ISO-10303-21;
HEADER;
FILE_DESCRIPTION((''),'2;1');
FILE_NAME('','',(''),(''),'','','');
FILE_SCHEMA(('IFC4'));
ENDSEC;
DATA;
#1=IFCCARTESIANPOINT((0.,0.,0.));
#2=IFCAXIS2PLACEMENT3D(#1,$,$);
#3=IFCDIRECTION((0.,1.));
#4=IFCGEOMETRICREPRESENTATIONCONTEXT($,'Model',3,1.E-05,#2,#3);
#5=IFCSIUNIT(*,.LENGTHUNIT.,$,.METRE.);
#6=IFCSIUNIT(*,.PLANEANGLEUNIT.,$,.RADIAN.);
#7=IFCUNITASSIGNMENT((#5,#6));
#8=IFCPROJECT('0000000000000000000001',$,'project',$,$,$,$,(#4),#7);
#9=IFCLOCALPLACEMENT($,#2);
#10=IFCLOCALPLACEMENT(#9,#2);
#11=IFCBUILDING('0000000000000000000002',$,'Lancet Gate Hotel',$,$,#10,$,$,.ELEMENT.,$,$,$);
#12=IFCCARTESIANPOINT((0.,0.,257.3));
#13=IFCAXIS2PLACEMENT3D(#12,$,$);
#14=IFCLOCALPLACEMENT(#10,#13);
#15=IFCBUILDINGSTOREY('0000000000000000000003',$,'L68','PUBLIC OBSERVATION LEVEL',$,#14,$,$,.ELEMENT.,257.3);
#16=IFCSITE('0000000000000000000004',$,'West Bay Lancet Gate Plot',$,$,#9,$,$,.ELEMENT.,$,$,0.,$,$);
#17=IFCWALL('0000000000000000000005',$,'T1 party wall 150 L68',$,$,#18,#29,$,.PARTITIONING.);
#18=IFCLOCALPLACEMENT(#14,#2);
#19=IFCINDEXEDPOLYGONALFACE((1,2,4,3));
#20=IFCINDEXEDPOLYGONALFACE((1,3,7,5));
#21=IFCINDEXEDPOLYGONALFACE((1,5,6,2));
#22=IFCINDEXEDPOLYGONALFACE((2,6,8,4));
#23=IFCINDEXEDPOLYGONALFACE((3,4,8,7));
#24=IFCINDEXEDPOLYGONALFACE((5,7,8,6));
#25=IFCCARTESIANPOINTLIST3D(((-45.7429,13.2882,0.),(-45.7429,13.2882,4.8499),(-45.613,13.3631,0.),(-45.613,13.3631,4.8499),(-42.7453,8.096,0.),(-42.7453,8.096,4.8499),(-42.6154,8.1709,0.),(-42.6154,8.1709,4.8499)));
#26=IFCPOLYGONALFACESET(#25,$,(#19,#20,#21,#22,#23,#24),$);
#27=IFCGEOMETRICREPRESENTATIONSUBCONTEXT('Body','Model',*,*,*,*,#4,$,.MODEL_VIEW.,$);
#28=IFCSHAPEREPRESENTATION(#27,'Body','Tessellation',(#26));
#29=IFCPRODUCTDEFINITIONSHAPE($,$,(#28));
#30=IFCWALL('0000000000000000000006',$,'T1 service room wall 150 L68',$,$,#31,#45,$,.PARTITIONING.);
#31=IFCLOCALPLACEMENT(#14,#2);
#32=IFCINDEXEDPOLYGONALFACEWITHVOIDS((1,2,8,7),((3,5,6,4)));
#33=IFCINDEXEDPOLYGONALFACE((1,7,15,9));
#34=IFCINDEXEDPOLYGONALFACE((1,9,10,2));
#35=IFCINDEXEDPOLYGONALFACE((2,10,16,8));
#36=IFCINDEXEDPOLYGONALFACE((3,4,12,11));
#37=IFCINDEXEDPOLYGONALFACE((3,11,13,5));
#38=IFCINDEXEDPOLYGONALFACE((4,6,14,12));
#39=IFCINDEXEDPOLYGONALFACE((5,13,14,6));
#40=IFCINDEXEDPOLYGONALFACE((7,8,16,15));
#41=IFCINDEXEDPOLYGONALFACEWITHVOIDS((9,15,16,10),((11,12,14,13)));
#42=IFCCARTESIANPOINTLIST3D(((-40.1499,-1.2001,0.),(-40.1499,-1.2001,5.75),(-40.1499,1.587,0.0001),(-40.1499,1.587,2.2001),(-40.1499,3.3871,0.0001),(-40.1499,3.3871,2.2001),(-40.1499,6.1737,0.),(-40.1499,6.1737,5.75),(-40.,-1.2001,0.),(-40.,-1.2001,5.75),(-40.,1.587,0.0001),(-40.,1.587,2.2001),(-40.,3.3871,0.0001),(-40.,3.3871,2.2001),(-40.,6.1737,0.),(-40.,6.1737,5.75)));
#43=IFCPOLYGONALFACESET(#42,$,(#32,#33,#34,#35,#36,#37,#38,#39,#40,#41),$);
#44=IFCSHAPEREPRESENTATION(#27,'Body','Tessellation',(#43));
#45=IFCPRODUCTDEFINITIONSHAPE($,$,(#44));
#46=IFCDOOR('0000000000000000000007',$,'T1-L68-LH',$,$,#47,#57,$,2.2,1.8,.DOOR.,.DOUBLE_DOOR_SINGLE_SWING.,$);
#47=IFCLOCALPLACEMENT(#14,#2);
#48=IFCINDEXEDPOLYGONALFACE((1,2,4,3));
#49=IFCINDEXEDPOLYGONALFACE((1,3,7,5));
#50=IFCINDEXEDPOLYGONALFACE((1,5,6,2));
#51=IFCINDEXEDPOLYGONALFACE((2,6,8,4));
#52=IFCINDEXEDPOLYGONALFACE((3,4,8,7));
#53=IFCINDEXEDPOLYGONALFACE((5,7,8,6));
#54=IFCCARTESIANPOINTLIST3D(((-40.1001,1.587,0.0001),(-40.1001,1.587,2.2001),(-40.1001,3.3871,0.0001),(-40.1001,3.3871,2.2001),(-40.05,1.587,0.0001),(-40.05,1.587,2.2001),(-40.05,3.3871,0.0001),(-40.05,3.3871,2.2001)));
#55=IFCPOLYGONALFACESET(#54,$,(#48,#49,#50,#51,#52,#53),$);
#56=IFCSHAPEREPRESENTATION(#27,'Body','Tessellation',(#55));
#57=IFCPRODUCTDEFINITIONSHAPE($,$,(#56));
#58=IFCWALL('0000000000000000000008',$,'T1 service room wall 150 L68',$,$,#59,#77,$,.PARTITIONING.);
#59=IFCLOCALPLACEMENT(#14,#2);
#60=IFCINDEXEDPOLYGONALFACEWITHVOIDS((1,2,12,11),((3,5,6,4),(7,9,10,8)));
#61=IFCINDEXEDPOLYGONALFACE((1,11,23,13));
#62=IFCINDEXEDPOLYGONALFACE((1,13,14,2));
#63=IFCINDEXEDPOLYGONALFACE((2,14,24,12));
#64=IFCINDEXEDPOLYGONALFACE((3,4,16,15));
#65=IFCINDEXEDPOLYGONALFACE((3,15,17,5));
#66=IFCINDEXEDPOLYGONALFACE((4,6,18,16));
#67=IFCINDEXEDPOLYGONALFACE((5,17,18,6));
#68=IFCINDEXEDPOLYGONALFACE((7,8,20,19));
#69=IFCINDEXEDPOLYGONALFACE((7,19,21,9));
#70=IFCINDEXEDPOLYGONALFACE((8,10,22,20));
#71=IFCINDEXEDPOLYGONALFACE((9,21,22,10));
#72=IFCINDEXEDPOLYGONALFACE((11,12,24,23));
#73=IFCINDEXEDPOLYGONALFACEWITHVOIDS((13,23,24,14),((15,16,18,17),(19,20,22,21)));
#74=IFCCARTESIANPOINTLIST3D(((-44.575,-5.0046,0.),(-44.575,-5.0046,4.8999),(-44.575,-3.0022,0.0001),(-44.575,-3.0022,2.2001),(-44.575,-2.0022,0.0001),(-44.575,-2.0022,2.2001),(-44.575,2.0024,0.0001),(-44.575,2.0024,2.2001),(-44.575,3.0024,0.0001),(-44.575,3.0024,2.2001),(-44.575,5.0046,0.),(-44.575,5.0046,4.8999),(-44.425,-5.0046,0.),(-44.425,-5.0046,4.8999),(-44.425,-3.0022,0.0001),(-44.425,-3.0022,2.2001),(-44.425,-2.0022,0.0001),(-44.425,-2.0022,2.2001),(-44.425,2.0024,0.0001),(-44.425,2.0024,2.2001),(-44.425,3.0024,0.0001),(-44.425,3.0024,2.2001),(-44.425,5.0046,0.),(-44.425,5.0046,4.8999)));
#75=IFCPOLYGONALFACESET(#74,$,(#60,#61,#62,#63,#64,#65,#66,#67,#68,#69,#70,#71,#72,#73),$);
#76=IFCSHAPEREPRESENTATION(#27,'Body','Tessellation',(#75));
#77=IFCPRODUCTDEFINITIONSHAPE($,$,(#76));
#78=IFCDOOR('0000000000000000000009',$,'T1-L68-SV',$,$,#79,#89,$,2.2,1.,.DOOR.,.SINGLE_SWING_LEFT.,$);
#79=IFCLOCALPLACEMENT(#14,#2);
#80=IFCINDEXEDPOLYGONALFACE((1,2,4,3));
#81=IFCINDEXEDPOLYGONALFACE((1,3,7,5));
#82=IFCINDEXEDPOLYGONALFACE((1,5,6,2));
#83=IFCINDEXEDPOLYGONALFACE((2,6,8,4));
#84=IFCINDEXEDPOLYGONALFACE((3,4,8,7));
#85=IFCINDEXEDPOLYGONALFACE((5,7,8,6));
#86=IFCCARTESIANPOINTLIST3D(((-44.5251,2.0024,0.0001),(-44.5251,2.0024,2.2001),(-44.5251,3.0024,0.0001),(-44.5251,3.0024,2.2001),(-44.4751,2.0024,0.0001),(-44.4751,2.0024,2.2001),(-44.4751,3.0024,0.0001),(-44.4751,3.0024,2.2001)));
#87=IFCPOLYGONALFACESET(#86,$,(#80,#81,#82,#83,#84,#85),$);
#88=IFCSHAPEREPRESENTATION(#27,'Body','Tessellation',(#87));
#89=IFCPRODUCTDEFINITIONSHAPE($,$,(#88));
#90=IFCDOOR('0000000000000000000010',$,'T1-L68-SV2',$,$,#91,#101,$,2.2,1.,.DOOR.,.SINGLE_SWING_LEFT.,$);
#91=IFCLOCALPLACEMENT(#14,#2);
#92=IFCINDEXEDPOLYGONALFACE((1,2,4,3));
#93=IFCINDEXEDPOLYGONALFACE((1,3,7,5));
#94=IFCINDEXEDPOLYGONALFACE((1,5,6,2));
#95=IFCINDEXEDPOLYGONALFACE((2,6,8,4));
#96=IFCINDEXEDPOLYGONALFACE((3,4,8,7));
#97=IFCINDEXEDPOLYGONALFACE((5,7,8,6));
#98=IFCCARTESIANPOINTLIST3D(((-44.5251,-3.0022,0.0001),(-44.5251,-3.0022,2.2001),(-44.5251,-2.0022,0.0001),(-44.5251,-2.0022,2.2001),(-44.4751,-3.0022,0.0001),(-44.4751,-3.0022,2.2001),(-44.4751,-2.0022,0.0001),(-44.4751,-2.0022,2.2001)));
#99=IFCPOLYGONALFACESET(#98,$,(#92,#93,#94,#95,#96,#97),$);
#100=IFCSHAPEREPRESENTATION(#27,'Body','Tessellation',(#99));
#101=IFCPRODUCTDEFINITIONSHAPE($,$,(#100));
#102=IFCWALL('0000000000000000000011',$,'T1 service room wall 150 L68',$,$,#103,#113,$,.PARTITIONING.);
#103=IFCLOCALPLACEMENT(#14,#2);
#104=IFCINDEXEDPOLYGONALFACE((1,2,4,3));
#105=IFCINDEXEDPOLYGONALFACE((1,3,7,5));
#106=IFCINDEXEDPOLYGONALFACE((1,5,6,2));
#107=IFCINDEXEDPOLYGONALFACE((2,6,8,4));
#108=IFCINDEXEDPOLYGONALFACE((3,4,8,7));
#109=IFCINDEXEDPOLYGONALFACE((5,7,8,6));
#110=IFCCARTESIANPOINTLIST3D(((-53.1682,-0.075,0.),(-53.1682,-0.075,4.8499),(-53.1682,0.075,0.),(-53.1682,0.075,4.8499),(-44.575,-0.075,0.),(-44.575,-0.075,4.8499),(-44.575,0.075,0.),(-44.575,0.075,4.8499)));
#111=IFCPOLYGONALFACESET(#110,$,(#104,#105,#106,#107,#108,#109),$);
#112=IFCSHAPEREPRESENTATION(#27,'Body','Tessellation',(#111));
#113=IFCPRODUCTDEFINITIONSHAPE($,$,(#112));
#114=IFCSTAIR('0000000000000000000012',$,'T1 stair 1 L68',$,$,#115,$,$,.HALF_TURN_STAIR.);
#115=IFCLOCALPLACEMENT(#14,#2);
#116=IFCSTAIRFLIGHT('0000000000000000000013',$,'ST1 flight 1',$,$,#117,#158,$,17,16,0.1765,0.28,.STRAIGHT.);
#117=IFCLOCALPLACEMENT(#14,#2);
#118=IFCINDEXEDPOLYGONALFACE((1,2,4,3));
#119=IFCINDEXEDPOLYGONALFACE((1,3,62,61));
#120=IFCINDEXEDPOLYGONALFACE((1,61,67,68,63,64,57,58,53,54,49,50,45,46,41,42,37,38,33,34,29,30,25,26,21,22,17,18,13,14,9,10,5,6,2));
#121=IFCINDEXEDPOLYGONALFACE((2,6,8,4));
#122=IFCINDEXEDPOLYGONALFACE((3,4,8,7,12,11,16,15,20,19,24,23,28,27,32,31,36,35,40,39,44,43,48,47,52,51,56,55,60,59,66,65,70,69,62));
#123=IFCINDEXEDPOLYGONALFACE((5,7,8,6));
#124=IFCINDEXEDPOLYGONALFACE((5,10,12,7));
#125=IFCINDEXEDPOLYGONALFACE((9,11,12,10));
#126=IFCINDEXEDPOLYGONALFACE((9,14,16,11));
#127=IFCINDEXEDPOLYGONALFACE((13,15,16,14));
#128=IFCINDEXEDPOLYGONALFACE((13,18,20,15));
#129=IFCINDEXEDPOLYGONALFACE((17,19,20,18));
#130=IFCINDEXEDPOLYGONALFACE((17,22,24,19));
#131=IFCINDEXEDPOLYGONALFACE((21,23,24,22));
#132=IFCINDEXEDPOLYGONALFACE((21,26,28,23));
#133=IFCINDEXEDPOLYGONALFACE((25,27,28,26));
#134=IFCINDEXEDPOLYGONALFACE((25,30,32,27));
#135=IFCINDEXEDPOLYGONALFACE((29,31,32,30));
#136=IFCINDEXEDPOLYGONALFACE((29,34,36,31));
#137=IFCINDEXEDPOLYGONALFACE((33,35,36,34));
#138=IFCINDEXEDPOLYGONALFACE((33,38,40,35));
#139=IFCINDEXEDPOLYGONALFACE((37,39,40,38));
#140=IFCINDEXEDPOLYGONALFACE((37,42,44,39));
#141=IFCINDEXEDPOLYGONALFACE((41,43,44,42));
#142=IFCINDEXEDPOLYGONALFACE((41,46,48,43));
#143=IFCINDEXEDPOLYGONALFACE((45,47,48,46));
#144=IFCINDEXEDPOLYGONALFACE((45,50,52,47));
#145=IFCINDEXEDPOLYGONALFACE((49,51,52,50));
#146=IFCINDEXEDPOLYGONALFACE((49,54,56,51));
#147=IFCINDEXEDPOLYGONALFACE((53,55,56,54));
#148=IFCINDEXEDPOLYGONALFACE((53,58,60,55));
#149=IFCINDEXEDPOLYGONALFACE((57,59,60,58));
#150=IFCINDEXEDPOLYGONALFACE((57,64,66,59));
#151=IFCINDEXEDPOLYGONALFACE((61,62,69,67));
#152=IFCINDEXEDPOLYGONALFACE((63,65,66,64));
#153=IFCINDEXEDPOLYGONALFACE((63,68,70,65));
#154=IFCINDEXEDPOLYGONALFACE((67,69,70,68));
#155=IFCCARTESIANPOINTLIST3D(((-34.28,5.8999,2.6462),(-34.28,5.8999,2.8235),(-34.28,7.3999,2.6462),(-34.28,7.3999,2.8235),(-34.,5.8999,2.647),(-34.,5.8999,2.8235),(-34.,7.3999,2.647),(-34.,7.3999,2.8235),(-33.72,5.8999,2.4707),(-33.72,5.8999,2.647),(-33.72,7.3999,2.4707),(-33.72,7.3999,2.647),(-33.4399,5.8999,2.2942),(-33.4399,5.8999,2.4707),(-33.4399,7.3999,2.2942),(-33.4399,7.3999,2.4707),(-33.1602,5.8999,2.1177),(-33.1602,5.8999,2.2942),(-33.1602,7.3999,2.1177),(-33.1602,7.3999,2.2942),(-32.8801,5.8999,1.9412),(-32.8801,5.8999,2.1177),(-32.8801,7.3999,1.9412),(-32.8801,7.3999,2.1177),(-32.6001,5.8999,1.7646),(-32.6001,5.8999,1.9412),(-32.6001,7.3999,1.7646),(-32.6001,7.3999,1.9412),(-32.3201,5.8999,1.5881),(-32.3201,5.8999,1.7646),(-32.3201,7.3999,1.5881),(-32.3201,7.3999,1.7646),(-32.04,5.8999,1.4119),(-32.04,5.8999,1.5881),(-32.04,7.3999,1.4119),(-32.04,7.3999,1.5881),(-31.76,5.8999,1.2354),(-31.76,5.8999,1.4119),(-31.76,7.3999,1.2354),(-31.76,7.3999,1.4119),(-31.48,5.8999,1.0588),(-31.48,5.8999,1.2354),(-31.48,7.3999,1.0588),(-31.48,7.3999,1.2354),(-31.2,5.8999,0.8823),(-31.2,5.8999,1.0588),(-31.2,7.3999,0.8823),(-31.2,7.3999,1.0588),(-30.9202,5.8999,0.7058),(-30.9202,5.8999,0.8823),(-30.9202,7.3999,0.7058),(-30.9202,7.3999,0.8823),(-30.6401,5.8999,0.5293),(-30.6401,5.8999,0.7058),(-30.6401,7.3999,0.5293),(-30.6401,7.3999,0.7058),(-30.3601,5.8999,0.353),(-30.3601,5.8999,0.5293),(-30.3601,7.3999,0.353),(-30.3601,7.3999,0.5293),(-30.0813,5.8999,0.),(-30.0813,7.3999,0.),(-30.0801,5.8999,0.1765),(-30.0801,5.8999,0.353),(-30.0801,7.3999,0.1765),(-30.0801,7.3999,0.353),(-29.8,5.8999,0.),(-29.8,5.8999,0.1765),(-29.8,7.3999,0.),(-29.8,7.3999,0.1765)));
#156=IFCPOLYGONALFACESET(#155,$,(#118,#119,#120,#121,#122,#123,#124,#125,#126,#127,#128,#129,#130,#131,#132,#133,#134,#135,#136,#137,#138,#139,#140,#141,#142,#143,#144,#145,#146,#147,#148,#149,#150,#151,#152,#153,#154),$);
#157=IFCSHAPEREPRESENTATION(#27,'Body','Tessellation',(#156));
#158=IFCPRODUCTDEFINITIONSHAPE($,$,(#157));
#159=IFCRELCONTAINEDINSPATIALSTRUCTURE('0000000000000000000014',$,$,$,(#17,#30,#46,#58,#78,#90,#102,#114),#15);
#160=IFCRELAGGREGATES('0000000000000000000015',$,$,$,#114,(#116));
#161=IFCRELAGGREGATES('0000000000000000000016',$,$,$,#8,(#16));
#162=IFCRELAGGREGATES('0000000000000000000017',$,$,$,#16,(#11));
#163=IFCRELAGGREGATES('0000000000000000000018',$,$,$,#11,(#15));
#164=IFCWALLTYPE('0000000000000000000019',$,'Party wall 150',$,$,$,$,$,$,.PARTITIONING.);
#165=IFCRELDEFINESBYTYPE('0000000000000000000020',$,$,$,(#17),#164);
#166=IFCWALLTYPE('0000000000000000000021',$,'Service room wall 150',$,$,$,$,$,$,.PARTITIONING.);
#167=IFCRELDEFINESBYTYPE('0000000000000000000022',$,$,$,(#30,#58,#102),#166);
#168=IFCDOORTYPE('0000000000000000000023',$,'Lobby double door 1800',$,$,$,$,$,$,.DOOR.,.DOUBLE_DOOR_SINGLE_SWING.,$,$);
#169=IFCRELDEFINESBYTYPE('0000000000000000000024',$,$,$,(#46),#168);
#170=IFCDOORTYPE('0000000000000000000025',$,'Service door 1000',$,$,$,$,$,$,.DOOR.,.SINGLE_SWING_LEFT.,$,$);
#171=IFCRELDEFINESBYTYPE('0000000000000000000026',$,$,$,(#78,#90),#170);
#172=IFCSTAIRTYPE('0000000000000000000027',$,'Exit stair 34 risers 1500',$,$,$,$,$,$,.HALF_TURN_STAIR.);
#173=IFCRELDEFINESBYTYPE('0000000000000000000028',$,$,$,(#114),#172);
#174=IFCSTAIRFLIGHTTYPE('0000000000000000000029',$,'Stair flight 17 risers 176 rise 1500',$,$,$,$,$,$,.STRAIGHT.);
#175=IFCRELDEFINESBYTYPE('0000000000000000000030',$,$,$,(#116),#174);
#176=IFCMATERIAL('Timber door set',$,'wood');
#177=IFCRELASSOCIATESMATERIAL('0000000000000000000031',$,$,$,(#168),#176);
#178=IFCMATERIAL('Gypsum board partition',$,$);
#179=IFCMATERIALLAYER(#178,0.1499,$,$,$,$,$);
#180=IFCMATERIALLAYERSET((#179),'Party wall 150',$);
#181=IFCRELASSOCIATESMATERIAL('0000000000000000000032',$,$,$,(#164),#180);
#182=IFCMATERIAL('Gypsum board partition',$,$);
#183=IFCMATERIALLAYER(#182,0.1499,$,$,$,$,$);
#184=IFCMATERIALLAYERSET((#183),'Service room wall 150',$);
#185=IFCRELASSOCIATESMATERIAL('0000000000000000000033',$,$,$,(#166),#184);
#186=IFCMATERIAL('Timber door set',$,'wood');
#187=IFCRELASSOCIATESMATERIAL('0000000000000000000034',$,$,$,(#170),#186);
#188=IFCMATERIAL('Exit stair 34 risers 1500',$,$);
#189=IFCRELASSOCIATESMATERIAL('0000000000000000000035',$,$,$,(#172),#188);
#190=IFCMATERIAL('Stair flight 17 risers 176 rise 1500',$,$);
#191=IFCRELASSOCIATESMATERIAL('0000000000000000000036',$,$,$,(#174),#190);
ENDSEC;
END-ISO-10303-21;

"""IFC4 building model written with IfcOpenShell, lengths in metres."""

from ifc_helpers import new_model, si_unit, direction, frame, frame_2d, origin, place, context, subcontext, project, spatial, polyline, rectangle, outline, extrude, material, layer, layer_set, type_object, element, fill, aggregate, save


model = new_model("IFC4")

# Units and contexts
model_context = context("Model", 3, precision=1e-05, world=origin(), true_north=direction((0.0, 1.0)))
body_context = subcontext(model_context, "Body", "Model", "MODEL_VIEW")
ifc_project = project(units=[si_unit("LENGTHUNIT", "METRE"), si_unit("PLANEANGLEUNIT", "RADIAN")], contexts=[model_context])

# Site, building, storey
site_placement = place(None, origin())
site = spatial("IfcSite", under=ifc_project, at=site_placement, Name="West Bay Lancet Gate Plot", CompositionType="ELEMENT", RefElevation=0.0)
building_placement = place(site_placement, origin())
building = spatial("IfcBuilding", under=site, at=building_placement, Name="Lancet Gate Hotel", CompositionType="ELEMENT")
storey_placement = place(building_placement, frame((0.0, 0.0, 257.3)))
storey = spatial("IfcBuildingStorey", under=building, at=storey_placement, Name="L68", Description="PUBLIC OBSERVATION LEVEL", CompositionType="ELEMENT", Elevation=257.3)

# Shared definitions
ifc_material_1 = material(Name="Timber door set", Category="wood")
door_type_1 = type_object("IfcDoorType", Name="Lobby double door 1800", OperationType="DOUBLE_DOOR_SINGLE_SWING", PredefinedType="DOOR", material=ifc_material_1)

# Wall
ifc_material_2 = material(Name="Gypsum board partition")
ifc_layer_1 = layer(ifc_material_2, 0.1499)
ifc_layer_set_1 = layer_set([ifc_layer_1], Name="Party wall 150")
wall_type_1 = type_object("IfcWallType", Name="Party wall 150", PredefinedType="PARTITIONING", material=ifc_layer_set_1)
wall_1_placement = place(storey_placement, frame((-42.6804, 8.1335, 0.0), z_axis=(0.0, 0.0, 1.0), x_axis=(-0.499984, 0.866034, 0.0)))
element("IfcWall", 1, at=wall_1_placement, inside=storey, type_object=wall_type_1, Name="T1 party wall 150 L68", PredefinedType="PARTITIONING", context=body_context, shape_type="SweptSolid", body=[
    extrude(rectangle(XDim=5.9954, YDim=0.1499, at=frame_2d((2.9976, 0.0))), origin(), (0.0, 0.0, 1.0), 4.8499),
])

# Wall, opening, door
ifc_material_3 = material(Name="Gypsum board partition")
ifc_layer_2 = layer(ifc_material_3, 0.1499)
ifc_layer_set_2 = layer_set([ifc_layer_2], Name="Service room wall 150")
wall_type_2 = type_object("IfcWallType", Name="Service room wall 150", PredefinedType="PARTITIONING", material=ifc_layer_set_2)
wall_2_placement = place(storey_placement, frame((-40.075, 6.1738, 0.0), z_axis=(0.0, 0.0, 1.0), x_axis=(0.0, -1.0, 0.0)))
wall_2 = element("IfcWall", 2, at=wall_2_placement, inside=storey, type_object=wall_type_2, Name="T1 service room wall 150 L68", PredefinedType="PARTITIONING", context=body_context, shape_type="SweptSolid", body=[
    extrude(rectangle(XDim=7.3738, YDim=0.1499, at=frame_2d((3.687, 0.0))), origin(), (0.0, 0.0, 1.0), 5.75),
])
opening_1_placement = place(wall_2_placement, frame((2.7869, 0.0, 0.0)))
opening_1 = element("IfcOpeningElement", 3, at=opening_1_placement, cuts=wall_2, PredefinedType="OPENING", context=body_context, shape_type="SweptSolid", body=[
    extrude(rectangle(XDim=1.8, YDim=2.2, at=frame_2d((0.8999, 1.1001))), frame((0.0, 0.085, 0.0), z_axis=(0.0, -1.0, 0.0), x_axis=(1.0, 0.0, 0.0)), (0.0, 0.0, 1.0), 0.1699),
])
door_1_placement = place(opening_1_placement, origin())
door_1 = element("IfcDoor", 4, at=door_1_placement, inside=storey, type_object=door_type_1, Name="T1-L68-LH", OperationType="DOUBLE_DOOR_SINGLE_SWING", OverallHeight=2.2, OverallWidth=1.8, PredefinedType="DOOR", context=body_context, shape_type="SweptSolid", body=[
    extrude(rectangle(XDim=1.8, YDim=2.2, at=frame_2d((0.8999, 1.1001))), frame((0.0, 0.0249, 0.0), z_axis=(0.0, -1.0, 0.0), x_axis=(1.0, 0.0, 0.0)), (0.0, 0.0, 1.0), 0.05),
])
fill(opening_1, door_1)

# Wall, openings, doors
wall_3_placement = place(storey_placement, frame((-44.5, 5.0046, 0.0), z_axis=(0.0, 0.0, 1.0), x_axis=(0.0, -1.0, 0.0)))
wall_3 = element("IfcWall", 5, at=wall_3_placement, inside=storey, type_object=wall_type_2, Name="T1 service room wall 150 L68", PredefinedType="PARTITIONING", context=body_context, shape_type="SweptSolid", body=[
    extrude(rectangle(XDim=10.0093, YDim=0.1499, at=frame_2d((5.0046, 0.0))), origin(), (0.0, 0.0, 1.0), 4.8999),
])
opening_2_placement = place(wall_3_placement, frame((2.0022, 0.0, 0.0)))
opening_2 = element("IfcOpeningElement", 6, at=opening_2_placement, cuts=wall_3, PredefinedType="OPENING", context=body_context, shape_type="SweptSolid", body=[
    extrude(rectangle(XDim=1.0, YDim=2.2, at=frame_2d((0.5, 1.1001))), frame((0.0, 0.085, 0.0), z_axis=(0.0, -1.0, 0.0), x_axis=(1.0, 0.0, 0.0)), (0.0, 0.0, 1.0), 0.1699),
])
opening_3_placement = place(wall_3_placement, frame((7.0068, 0.0, 0.0)))
opening_3 = element("IfcOpeningElement", 7, at=opening_3_placement, cuts=wall_3, PredefinedType="OPENING", context=body_context, shape_type="SweptSolid", body=[
    extrude(rectangle(XDim=1.0, YDim=2.2, at=frame_2d((0.5, 1.1001))), frame((0.0, 0.085, 0.0), z_axis=(0.0, -1.0, 0.0), x_axis=(1.0, 0.0, 0.0)), (0.0, 0.0, 1.0), 0.1699),
])
ifc_material_4 = material(Name="Timber door set", Category="wood")
door_type_2 = type_object("IfcDoorType", Name="Service door 1000", OperationType="SINGLE_SWING_LEFT", PredefinedType="DOOR", material=ifc_material_4)
door_2_placement = place(opening_2_placement, origin())
door_2 = element("IfcDoor", 8, at=door_2_placement, inside=storey, type_object=door_type_2, Name="T1-L68-SV", OperationType="SINGLE_SWING_LEFT", OverallHeight=2.2, OverallWidth=1.0, PredefinedType="DOOR", context=body_context, shape_type="SweptSolid", body=[
    extrude(rectangle(XDim=1.0, YDim=2.2, at=frame_2d((0.5, 1.1001))), frame((0.0, 0.0249, 0.0), z_axis=(0.0, -1.0, 0.0), x_axis=(1.0, 0.0, 0.0)), (0.0, 0.0, 1.0), 0.05),
])
fill(opening_2, door_2)
door_3_placement = place(opening_3_placement, origin())
door_3 = element("IfcDoor", 9, at=door_3_placement, inside=storey, type_object=door_type_2, Name="T1-L68-SV2", OperationType="SINGLE_SWING_LEFT", OverallHeight=2.2, OverallWidth=1.0, PredefinedType="DOOR", context=body_context, shape_type="SweptSolid", body=[
    extrude(rectangle(XDim=1.0, YDim=2.2, at=frame_2d((0.5, 1.1001))), frame((0.0, 0.0249, 0.0), z_axis=(0.0, -1.0, 0.0), x_axis=(1.0, 0.0, 0.0)), (0.0, 0.0, 1.0), 0.05),
])
fill(opening_3, door_3)

# Wall
wall_4_placement = place(storey_placement, frame((-44.575, 0.0, 0.0), z_axis=(0.0, 0.0, 1.0), x_axis=(-1.0, 0.0, 0.0)))
element("IfcWall", 10, at=wall_4_placement, inside=storey, type_object=wall_type_2, Name="T1 service room wall 150 L68", PredefinedType="PARTITIONING", context=body_context, shape_type="SweptSolid", body=[
    extrude(rectangle(XDim=8.5933, YDim=0.1499, at=frame_2d((4.2966, 0.0))), origin(), (0.0, 0.0, 1.0), 4.8499),
])

# Stair, stair flight
ifc_material_5 = material(Name="Exit stair 34 risers 1500")
stair_type = type_object("IfcStairType", Name="Exit stair 34 risers 1500", PredefinedType="HALF_TURN_STAIR", material=ifc_material_5)
stair_placement = place(storey_placement, origin())
stair = element("IfcStair", 11, at=stair_placement, inside=storey, type_object=stair_type, Name="T1 stair 1 L68", PredefinedType="HALF_TURN_STAIR")
ifc_material_6 = material(Name="Stair flight 17 risers 176 rise 1500")
stair_flight_type = type_object("IfcStairFlightType", Name="Stair flight 17 risers 176 rise 1500", PredefinedType="STRAIGHT", material=ifc_material_6)
stair_flight_1_placement = place(storey_placement, frame((-29.8, 6.6499, 0.0), z_axis=(0.0, 0.0, 1.0), x_axis=(-1.0, 0.0, 0.0)))
stair_flight_1 = element("IfcStairFlight", 12, at=stair_flight_1_placement, type_object=stair_flight_type, Name="ST1 flight 1", NumberOfRisers=17, NumberOfTreads=16, PredefinedType="STRAIGHT", RiserHeight=0.1765, TreadLength=0.28, context=body_context, shape_type="SweptSolid", body=[
    extrude(outline(polyline([(0.0, 0.0), (0.0, 0.1765), (0.28, 0.1765), (0.28, 0.353), (0.5601, 0.353), (0.5601, 0.5293), (0.8401, 0.5293), (0.8401, 0.7058), (1.1201, 0.7058), (1.1201, 0.8823), (1.3999, 0.8823), (1.3999, 1.0588), (1.6799, 1.0588), (1.6799, 1.2354), (1.96, 1.2354), (1.96, 1.4119), (2.24, 1.4119), (2.24, 1.5881), (2.52, 1.5881), (2.52, 1.7646), (2.8, 1.7646), (2.8, 1.9412), (3.0801, 1.9412), (3.0801, 2.1177), (3.3601, 2.1177), (3.3601, 2.2942), (3.6399, 2.2942), (3.6399, 2.4707), (3.9199, 2.4707), (3.9199, 2.647), (4.2, 2.647), (4.2, 2.8235), (4.48, 2.8235), (4.48, 3.0), (4.48, 2.6462), (0.2812, 0.0), (0.0, 0.0)])), frame((0.0, 0.75, 0.0), z_axis=(0.0, -1.0, 0.0), x_axis=(1.0, 0.0, 0.0)), (0.0, 0.0, 1.0), 1.5),
])
aggregate(stair, [stair_flight_1])

save(model, "model.ifc")
